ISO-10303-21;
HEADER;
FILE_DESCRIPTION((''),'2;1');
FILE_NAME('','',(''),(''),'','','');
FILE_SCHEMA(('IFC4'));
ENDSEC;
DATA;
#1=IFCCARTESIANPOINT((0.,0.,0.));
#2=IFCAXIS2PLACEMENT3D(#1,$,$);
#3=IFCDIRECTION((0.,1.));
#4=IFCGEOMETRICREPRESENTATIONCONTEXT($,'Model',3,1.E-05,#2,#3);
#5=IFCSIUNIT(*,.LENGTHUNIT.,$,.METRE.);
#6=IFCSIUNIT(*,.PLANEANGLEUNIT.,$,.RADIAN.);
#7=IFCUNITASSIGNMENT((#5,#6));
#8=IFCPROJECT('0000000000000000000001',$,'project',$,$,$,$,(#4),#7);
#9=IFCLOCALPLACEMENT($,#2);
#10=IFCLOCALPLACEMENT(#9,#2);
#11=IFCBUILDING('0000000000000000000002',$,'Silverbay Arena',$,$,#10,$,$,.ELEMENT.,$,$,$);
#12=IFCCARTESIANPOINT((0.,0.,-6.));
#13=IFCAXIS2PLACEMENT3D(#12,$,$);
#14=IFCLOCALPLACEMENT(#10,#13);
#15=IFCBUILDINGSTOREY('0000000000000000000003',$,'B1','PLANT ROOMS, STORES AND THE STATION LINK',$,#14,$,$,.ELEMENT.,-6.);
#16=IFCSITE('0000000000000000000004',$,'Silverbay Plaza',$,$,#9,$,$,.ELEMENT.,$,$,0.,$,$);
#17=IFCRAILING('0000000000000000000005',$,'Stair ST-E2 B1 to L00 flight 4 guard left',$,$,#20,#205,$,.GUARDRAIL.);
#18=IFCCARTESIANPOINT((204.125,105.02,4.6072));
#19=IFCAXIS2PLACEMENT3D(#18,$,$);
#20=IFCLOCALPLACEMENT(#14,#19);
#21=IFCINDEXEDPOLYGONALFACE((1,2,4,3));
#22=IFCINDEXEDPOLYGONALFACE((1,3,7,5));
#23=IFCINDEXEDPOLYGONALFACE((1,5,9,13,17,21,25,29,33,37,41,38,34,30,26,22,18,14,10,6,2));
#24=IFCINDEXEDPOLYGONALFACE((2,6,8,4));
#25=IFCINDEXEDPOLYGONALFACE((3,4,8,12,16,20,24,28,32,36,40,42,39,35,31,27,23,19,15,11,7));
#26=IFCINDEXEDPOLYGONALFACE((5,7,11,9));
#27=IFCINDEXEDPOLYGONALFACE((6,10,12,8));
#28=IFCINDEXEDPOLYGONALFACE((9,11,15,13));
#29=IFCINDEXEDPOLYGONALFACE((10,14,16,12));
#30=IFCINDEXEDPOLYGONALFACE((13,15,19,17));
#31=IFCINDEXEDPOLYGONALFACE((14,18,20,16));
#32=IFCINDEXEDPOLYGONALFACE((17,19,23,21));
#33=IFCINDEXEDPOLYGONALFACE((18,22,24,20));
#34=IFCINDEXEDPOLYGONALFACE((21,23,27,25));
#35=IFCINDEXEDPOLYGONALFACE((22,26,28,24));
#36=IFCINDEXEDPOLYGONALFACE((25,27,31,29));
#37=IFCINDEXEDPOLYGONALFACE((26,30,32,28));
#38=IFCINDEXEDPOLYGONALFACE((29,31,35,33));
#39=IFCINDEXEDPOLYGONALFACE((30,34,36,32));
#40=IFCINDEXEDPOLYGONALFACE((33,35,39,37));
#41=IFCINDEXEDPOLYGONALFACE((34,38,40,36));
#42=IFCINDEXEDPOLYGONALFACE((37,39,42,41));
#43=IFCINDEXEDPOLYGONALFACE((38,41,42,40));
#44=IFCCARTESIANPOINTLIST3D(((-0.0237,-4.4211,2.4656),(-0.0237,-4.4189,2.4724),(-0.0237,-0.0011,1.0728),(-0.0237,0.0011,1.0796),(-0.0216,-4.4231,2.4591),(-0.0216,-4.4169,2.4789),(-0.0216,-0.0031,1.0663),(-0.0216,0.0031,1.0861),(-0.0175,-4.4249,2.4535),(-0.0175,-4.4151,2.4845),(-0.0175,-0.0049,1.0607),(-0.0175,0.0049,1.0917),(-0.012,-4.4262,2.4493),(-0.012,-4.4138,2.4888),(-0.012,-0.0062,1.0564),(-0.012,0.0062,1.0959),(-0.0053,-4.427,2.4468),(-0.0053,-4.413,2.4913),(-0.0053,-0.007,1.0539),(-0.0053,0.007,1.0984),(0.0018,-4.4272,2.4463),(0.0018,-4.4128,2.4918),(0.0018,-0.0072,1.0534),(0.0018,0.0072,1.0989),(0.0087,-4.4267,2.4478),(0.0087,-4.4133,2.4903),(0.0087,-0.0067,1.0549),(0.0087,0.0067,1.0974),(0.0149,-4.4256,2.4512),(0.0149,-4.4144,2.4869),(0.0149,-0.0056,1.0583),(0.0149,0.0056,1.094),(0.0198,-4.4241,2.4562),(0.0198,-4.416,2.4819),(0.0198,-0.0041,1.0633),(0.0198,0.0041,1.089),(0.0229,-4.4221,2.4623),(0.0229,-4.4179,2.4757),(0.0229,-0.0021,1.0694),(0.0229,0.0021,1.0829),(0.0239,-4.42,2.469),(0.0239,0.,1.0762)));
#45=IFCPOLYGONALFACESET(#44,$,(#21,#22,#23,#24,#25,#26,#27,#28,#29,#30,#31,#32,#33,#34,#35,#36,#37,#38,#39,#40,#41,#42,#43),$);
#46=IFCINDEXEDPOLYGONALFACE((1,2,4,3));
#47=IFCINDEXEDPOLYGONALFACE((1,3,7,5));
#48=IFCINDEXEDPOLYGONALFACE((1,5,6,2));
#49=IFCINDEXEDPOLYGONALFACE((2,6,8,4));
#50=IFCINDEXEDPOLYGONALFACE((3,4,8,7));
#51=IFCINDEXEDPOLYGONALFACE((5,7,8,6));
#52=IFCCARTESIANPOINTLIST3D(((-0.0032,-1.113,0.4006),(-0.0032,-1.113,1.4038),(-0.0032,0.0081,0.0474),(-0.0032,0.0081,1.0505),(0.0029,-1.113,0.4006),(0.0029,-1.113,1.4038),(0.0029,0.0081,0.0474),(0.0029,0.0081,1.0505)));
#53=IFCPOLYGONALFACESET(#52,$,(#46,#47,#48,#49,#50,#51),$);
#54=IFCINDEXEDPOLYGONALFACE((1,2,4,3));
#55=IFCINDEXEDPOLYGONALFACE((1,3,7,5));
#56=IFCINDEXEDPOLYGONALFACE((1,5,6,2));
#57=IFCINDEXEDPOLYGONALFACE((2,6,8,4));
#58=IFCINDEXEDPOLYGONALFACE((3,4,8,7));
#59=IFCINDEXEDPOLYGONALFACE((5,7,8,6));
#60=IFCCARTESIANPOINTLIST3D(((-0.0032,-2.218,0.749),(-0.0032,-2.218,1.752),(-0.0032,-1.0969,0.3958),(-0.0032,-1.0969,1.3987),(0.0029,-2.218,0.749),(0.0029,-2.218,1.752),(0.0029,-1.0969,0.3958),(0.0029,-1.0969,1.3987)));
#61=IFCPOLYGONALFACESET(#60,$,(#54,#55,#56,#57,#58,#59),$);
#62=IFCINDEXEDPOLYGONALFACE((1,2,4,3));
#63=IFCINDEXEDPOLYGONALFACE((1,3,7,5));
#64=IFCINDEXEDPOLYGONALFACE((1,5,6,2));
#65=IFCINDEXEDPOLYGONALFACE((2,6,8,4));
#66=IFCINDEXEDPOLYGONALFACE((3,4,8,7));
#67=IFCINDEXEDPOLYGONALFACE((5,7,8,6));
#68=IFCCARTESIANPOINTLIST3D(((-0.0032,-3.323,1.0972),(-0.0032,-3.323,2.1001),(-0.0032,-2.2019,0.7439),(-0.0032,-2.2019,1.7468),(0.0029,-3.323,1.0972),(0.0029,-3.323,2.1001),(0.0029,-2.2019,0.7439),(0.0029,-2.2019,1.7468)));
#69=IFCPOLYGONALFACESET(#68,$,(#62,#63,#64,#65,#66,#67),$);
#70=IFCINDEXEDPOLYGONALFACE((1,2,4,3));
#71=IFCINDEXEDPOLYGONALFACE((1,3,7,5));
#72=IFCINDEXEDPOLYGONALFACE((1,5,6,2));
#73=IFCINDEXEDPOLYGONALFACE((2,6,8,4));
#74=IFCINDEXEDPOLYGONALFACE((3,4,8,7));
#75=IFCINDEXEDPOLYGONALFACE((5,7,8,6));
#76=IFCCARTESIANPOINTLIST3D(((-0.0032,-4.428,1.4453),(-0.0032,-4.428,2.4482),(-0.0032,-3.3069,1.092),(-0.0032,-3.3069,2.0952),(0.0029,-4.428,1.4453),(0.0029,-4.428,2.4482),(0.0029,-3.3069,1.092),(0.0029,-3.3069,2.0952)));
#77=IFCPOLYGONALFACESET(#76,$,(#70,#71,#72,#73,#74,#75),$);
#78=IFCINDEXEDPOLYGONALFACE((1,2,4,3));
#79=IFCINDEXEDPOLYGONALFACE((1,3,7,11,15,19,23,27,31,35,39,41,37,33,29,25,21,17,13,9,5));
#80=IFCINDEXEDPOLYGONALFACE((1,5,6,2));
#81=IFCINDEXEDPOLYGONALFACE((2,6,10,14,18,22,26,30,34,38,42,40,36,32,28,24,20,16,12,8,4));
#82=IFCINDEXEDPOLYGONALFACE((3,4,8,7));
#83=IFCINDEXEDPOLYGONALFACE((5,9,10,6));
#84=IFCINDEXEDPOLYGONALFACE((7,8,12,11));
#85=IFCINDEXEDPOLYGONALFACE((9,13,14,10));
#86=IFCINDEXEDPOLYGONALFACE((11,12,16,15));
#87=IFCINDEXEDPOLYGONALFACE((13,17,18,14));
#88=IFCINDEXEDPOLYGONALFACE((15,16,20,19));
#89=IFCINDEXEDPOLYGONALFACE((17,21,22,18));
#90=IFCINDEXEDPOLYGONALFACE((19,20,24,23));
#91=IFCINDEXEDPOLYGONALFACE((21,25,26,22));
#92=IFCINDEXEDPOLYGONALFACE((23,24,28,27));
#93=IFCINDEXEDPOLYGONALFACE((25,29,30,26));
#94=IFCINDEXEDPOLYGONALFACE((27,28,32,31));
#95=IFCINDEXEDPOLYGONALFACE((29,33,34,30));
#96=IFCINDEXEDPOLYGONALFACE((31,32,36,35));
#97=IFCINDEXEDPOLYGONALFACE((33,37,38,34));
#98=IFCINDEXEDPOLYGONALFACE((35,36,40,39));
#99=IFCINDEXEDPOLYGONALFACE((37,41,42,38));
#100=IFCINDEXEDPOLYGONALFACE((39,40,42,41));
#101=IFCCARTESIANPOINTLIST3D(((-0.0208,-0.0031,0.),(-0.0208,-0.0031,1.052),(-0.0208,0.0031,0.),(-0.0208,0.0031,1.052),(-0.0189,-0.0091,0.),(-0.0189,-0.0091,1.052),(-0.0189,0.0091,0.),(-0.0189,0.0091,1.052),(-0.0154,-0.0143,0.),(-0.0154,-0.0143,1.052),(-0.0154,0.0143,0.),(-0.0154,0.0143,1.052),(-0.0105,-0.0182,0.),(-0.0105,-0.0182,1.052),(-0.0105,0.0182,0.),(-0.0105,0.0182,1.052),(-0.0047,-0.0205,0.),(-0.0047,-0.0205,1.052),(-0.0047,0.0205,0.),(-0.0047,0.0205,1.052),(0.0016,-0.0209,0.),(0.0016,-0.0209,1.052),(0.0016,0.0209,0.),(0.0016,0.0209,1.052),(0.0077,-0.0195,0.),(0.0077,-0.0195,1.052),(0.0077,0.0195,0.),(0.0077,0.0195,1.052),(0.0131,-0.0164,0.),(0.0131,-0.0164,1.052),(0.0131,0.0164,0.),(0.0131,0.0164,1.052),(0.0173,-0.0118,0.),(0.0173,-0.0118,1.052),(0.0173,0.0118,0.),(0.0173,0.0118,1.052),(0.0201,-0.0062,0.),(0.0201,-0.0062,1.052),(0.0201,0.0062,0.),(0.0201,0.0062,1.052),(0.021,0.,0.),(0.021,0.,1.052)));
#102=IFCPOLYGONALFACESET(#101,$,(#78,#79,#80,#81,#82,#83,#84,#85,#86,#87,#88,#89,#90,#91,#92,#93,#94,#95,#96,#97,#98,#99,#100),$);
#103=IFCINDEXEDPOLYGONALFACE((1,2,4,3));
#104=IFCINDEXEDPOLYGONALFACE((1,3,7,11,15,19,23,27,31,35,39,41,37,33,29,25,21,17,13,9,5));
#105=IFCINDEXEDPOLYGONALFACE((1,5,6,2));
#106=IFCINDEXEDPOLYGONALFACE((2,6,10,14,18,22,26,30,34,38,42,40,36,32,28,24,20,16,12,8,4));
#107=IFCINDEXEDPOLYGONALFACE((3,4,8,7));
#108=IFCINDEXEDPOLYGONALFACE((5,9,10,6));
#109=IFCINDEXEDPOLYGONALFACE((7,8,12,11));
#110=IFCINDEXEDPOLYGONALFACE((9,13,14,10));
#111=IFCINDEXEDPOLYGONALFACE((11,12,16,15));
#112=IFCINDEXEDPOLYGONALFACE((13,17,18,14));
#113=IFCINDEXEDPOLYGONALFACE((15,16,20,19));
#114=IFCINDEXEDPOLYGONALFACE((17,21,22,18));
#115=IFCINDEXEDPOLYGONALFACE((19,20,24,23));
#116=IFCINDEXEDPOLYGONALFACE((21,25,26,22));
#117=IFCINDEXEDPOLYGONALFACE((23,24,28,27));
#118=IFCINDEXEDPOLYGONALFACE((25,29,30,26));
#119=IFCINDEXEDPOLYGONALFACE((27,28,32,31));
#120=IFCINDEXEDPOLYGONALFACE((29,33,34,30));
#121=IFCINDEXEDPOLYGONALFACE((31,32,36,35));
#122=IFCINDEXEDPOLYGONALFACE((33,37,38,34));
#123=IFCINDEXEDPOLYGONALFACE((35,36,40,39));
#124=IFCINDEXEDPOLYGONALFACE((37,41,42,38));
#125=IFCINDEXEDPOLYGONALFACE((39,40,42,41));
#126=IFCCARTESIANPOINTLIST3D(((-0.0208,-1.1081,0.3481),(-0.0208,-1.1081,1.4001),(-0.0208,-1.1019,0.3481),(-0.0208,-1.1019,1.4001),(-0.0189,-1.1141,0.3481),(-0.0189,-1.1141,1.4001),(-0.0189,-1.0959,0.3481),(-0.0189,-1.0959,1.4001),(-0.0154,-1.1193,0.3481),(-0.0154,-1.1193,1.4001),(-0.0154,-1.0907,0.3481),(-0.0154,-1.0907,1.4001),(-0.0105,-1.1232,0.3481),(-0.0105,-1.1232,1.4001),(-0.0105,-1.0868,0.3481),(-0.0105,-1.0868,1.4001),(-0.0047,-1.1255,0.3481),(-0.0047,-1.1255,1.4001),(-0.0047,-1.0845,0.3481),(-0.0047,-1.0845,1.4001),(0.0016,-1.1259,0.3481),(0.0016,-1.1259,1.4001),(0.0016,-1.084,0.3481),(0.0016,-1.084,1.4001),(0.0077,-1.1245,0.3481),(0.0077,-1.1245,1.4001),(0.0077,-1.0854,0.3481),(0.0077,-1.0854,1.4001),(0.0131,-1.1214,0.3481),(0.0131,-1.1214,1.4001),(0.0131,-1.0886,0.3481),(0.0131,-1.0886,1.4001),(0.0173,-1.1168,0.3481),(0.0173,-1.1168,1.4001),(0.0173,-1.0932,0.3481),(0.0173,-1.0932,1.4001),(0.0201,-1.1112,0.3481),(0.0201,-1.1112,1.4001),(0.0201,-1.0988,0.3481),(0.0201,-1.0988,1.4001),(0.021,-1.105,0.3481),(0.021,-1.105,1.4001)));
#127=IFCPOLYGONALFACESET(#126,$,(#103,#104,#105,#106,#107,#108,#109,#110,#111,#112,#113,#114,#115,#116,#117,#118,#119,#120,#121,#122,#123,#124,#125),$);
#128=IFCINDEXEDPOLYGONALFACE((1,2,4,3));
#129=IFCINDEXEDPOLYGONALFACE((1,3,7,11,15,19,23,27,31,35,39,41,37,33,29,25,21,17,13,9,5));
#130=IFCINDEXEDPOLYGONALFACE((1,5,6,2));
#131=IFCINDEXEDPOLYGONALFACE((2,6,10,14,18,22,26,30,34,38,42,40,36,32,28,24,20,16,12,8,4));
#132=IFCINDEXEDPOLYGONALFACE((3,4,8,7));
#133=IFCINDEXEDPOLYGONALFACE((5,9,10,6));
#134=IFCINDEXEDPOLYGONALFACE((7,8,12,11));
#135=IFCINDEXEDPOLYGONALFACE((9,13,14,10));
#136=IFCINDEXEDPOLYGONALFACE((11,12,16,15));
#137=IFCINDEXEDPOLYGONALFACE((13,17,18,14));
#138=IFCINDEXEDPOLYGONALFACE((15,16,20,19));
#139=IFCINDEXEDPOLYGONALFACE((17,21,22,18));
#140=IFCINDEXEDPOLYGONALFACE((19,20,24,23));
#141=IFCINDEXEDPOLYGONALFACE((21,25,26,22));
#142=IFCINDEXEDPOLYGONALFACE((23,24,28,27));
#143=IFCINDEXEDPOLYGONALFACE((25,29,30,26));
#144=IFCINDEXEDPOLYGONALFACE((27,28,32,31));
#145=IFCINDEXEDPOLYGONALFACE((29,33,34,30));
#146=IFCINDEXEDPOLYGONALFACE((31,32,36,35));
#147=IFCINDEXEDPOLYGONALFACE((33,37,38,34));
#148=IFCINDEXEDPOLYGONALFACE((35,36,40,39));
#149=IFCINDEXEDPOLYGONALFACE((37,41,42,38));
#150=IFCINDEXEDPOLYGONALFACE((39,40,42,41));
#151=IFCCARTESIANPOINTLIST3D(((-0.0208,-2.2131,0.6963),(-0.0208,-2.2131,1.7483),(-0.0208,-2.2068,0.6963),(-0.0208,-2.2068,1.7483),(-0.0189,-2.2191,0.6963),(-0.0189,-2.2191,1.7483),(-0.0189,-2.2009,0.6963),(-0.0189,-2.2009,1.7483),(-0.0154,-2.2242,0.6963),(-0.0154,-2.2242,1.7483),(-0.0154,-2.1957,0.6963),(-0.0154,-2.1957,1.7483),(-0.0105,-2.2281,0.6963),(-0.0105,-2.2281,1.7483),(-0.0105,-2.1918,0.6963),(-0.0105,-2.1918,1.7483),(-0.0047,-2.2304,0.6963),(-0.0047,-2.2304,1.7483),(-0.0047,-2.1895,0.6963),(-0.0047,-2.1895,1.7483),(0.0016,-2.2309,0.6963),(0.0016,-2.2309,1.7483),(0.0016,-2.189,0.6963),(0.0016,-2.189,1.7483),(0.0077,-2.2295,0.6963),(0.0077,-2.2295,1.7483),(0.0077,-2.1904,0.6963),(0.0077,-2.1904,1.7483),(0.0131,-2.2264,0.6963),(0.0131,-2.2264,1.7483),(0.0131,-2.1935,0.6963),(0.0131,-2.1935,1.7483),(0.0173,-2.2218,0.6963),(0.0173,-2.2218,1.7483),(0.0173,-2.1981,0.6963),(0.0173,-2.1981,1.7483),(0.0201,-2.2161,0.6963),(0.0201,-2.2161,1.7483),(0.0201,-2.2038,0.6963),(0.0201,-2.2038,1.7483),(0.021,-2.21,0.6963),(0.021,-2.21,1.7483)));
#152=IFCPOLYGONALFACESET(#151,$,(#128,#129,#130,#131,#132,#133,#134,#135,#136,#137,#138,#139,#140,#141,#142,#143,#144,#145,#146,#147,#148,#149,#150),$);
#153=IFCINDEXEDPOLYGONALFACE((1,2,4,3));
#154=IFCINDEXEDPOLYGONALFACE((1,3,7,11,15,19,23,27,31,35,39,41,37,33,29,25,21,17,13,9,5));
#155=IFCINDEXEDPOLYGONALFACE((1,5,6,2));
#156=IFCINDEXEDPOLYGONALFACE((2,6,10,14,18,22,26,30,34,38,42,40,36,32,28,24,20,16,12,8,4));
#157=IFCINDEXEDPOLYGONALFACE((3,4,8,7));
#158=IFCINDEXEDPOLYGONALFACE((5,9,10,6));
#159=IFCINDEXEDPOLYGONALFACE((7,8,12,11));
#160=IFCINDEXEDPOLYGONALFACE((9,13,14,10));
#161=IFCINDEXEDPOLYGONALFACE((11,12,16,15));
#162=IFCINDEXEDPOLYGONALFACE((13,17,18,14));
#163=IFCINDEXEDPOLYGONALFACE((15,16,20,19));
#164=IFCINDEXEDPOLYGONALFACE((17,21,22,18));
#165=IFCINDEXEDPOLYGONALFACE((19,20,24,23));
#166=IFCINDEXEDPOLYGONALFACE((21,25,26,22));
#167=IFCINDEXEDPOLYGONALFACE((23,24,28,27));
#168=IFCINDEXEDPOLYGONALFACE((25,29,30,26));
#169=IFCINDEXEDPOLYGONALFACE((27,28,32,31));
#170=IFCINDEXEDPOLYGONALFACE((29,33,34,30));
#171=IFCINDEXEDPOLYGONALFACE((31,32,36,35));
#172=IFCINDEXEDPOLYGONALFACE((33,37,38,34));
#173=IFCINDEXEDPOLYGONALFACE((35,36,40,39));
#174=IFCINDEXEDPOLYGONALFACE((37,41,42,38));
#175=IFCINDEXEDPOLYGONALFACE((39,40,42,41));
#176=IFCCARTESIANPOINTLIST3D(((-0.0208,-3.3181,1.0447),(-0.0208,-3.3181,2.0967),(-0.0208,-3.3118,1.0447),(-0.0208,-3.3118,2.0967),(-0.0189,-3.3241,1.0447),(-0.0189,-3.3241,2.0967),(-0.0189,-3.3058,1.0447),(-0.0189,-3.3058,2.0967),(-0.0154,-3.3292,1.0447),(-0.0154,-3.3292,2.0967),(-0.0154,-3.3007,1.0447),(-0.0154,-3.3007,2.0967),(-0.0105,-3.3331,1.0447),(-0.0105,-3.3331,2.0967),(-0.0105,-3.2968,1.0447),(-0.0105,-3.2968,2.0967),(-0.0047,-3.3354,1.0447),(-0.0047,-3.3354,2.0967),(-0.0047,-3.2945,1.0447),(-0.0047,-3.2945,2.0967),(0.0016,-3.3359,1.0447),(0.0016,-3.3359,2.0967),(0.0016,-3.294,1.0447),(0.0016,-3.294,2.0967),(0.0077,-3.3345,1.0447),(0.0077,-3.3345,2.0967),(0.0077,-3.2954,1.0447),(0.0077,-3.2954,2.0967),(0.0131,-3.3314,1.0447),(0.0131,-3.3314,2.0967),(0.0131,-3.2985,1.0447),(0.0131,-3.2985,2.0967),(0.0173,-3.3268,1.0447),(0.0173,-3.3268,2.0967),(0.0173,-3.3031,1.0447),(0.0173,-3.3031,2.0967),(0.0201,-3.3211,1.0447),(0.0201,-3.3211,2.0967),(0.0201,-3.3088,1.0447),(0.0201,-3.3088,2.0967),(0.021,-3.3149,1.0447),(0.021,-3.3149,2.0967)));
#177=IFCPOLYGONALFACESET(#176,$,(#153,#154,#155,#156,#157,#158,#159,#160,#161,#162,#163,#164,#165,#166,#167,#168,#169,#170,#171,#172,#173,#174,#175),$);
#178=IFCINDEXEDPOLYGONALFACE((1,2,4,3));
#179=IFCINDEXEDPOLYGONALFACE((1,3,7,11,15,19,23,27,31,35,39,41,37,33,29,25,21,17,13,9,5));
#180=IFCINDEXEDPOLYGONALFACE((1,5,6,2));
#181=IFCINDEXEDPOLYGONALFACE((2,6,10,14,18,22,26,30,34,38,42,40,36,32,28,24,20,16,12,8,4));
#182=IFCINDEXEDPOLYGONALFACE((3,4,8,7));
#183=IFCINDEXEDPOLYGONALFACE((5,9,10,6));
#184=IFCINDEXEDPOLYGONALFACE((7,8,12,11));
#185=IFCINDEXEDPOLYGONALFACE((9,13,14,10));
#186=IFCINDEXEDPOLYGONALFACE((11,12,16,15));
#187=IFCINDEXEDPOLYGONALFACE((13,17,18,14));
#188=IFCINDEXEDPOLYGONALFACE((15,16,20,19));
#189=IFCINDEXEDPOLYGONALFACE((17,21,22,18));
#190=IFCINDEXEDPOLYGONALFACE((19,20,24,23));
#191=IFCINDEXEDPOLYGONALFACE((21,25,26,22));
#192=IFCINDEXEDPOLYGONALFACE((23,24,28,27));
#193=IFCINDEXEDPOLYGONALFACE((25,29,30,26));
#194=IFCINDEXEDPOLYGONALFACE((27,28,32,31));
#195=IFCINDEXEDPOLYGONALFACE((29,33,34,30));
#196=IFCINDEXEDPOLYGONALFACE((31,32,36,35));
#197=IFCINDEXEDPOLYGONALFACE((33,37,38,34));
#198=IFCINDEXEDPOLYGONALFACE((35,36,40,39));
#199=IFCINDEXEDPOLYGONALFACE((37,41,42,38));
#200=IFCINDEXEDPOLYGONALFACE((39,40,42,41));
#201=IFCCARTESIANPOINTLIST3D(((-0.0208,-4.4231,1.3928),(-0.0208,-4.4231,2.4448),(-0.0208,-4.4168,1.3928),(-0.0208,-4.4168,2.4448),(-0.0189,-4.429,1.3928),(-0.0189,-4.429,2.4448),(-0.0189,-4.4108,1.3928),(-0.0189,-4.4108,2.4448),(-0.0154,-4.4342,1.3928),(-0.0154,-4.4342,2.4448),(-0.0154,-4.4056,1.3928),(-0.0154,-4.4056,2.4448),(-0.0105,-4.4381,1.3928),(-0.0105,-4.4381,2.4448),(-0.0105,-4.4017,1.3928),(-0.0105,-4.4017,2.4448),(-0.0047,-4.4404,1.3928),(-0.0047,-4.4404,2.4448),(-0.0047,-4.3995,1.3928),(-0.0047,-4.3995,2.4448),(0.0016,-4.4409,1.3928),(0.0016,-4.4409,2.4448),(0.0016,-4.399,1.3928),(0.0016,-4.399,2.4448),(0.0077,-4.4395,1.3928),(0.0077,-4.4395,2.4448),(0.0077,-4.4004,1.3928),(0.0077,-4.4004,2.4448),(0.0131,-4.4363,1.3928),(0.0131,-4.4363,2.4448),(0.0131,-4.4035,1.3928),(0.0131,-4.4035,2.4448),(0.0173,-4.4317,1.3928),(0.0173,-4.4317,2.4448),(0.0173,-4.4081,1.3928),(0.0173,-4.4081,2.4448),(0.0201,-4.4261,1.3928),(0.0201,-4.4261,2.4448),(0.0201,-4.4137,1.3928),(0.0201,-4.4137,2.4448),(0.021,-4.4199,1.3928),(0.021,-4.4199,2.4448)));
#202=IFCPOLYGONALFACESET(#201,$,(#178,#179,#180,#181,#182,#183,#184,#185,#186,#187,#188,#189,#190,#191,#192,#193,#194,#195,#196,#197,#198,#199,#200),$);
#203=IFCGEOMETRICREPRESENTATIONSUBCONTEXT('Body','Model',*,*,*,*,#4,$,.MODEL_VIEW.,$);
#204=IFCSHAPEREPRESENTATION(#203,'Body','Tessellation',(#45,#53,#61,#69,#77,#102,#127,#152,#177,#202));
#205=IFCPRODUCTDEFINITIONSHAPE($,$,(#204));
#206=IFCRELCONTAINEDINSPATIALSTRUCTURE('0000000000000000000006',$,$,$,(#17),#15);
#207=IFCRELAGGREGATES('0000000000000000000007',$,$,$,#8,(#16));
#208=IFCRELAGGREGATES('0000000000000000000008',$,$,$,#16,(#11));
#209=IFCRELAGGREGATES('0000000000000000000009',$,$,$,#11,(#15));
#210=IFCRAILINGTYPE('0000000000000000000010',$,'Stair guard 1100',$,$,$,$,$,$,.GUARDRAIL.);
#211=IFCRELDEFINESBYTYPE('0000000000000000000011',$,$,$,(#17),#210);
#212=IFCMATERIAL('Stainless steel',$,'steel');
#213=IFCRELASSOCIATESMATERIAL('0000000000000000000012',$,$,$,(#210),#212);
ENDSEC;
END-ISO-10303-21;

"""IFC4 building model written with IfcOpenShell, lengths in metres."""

from ifc_helpers import new_model, si_unit, direction, frame, origin, origin_2d, place, context, subcontext, project, spatial, polyline, circle, outline, extrude, material, type_object, element, save


model = new_model("IFC4")

# Units and contexts
model_context = context("Model", 3, precision=1e-05, world=origin(), true_north=direction((0.0, 1.0)))
body_context = subcontext(model_context, "Body", "Model", "MODEL_VIEW")
ifc_project = project(units=[si_unit("LENGTHUNIT", "METRE"), si_unit("PLANEANGLEUNIT", "RADIAN")], contexts=[model_context])

# Site, building, storey
site_placement = place(None, origin())
site = spatial("IfcSite", under=ifc_project, at=site_placement, Name="Silverbay Plaza", CompositionType="ELEMENT", RefElevation=0.0)
building_placement = place(site_placement, origin())
building = spatial("IfcBuilding", under=site, at=building_placement, Name="Silverbay Arena", CompositionType="ELEMENT")
storey_placement = place(building_placement, frame((0.0, 0.0, -6.0)))
storey = spatial("IfcBuildingStorey", under=building, at=storey_placement, Name="B1", Description="PLANT ROOMS, STORES AND THE STATION LINK", CompositionType="ELEMENT", Elevation=-6.0)

# Railing
ifc_material_1 = material(Name="Stainless steel", Category="steel")
railing_type_1 = type_object("IfcRailingType", Name="Stair guard 1100", PredefinedType="GUARDRAIL", material=ifc_material_1)
railing_1_placement = place(storey_placement, frame((204.125, 105.02, 4.6072)))
element("IfcRailing", 1, at=railing_1_placement, inside=storey, type_object=railing_type_1, Name="Stair ST-E2 B1 to L00 flight 4 guard left", PredefinedType="GUARDRAIL", context=body_context, shape_type="SweptSolid", body=[
    extrude(circle(Radius=0.0239, at=origin_2d()), frame((0.0, 0.0, 1.0762), z_axis=(0.0, -0.953765, 0.300554), x_axis=(1.0, 0.0, 0.0)), (0.0, 0.0, 1.0), 4.6343),
    extrude(outline(polyline([(-0.0081, 0.0474), (1.113, 0.4006), (1.113, 1.4038), (-0.0081, 1.0505), (-0.0081, 0.0474)])), frame((0.0029, 0.0, 0.0), z_axis=(-1.0, 0.0, 0.0), x_axis=(0.0, -1.0, 0.0)), (0.0, 0.0, 1.0), 0.0061),
    extrude(outline(polyline([(-0.0081, 0.3958), (1.113, 0.749), (1.113, 1.752), (-0.0081, 1.3987), (-0.0081, 0.3958)])), frame((0.0029, -1.105, 0.0), z_axis=(-1.0, 0.0, 0.0), x_axis=(0.0, -1.0, 0.0)), (0.0, 0.0, 1.0), 0.0061),
    extrude(outline(polyline([(-0.0081, 0.7439), (1.113, 1.0972), (1.113, 2.1001), (-0.0081, 1.7468), (-0.0081, 0.7439)])), frame((0.0029, -2.21, 0.0), z_axis=(-1.0, 0.0, 0.0), x_axis=(0.0, -1.0, 0.0)), (0.0, 0.0, 1.0), 0.0061),
    extrude(outline(polyline([(-0.0081, 1.092), (1.113, 1.4453), (1.113, 2.4482), (-0.0081, 2.0952), (-0.0081, 1.092)])), frame((0.0029, -3.3149, 0.0), z_axis=(-1.0, 0.0, 0.0), x_axis=(0.0, -1.0, 0.0)), (0.0, 0.0, 1.0), 0.0061),
    extrude(circle(Radius=0.021, at=origin_2d()), origin(), (0.0, 0.0, 1.0), 1.052),
    extrude(circle(Radius=0.021, at=origin_2d()), frame((0.0, -1.105, 0.3481)), (0.0, 0.0, 1.0), 1.052),
    extrude(circle(Radius=0.021, at=origin_2d()), frame((0.0, -2.21, 0.6963)), (0.0, 0.0, 1.0), 1.052),
    extrude(circle(Radius=0.021, at=origin_2d()), frame((0.0, -3.3149, 1.0447)), (0.0, 0.0, 1.0), 1.052),
    extrude(circle(Radius=0.021, at=origin_2d()), frame((0.0, -4.4199, 1.3928)), (0.0, 0.0, 1.0), 1.052),
])

save(model, "model.ifc")
